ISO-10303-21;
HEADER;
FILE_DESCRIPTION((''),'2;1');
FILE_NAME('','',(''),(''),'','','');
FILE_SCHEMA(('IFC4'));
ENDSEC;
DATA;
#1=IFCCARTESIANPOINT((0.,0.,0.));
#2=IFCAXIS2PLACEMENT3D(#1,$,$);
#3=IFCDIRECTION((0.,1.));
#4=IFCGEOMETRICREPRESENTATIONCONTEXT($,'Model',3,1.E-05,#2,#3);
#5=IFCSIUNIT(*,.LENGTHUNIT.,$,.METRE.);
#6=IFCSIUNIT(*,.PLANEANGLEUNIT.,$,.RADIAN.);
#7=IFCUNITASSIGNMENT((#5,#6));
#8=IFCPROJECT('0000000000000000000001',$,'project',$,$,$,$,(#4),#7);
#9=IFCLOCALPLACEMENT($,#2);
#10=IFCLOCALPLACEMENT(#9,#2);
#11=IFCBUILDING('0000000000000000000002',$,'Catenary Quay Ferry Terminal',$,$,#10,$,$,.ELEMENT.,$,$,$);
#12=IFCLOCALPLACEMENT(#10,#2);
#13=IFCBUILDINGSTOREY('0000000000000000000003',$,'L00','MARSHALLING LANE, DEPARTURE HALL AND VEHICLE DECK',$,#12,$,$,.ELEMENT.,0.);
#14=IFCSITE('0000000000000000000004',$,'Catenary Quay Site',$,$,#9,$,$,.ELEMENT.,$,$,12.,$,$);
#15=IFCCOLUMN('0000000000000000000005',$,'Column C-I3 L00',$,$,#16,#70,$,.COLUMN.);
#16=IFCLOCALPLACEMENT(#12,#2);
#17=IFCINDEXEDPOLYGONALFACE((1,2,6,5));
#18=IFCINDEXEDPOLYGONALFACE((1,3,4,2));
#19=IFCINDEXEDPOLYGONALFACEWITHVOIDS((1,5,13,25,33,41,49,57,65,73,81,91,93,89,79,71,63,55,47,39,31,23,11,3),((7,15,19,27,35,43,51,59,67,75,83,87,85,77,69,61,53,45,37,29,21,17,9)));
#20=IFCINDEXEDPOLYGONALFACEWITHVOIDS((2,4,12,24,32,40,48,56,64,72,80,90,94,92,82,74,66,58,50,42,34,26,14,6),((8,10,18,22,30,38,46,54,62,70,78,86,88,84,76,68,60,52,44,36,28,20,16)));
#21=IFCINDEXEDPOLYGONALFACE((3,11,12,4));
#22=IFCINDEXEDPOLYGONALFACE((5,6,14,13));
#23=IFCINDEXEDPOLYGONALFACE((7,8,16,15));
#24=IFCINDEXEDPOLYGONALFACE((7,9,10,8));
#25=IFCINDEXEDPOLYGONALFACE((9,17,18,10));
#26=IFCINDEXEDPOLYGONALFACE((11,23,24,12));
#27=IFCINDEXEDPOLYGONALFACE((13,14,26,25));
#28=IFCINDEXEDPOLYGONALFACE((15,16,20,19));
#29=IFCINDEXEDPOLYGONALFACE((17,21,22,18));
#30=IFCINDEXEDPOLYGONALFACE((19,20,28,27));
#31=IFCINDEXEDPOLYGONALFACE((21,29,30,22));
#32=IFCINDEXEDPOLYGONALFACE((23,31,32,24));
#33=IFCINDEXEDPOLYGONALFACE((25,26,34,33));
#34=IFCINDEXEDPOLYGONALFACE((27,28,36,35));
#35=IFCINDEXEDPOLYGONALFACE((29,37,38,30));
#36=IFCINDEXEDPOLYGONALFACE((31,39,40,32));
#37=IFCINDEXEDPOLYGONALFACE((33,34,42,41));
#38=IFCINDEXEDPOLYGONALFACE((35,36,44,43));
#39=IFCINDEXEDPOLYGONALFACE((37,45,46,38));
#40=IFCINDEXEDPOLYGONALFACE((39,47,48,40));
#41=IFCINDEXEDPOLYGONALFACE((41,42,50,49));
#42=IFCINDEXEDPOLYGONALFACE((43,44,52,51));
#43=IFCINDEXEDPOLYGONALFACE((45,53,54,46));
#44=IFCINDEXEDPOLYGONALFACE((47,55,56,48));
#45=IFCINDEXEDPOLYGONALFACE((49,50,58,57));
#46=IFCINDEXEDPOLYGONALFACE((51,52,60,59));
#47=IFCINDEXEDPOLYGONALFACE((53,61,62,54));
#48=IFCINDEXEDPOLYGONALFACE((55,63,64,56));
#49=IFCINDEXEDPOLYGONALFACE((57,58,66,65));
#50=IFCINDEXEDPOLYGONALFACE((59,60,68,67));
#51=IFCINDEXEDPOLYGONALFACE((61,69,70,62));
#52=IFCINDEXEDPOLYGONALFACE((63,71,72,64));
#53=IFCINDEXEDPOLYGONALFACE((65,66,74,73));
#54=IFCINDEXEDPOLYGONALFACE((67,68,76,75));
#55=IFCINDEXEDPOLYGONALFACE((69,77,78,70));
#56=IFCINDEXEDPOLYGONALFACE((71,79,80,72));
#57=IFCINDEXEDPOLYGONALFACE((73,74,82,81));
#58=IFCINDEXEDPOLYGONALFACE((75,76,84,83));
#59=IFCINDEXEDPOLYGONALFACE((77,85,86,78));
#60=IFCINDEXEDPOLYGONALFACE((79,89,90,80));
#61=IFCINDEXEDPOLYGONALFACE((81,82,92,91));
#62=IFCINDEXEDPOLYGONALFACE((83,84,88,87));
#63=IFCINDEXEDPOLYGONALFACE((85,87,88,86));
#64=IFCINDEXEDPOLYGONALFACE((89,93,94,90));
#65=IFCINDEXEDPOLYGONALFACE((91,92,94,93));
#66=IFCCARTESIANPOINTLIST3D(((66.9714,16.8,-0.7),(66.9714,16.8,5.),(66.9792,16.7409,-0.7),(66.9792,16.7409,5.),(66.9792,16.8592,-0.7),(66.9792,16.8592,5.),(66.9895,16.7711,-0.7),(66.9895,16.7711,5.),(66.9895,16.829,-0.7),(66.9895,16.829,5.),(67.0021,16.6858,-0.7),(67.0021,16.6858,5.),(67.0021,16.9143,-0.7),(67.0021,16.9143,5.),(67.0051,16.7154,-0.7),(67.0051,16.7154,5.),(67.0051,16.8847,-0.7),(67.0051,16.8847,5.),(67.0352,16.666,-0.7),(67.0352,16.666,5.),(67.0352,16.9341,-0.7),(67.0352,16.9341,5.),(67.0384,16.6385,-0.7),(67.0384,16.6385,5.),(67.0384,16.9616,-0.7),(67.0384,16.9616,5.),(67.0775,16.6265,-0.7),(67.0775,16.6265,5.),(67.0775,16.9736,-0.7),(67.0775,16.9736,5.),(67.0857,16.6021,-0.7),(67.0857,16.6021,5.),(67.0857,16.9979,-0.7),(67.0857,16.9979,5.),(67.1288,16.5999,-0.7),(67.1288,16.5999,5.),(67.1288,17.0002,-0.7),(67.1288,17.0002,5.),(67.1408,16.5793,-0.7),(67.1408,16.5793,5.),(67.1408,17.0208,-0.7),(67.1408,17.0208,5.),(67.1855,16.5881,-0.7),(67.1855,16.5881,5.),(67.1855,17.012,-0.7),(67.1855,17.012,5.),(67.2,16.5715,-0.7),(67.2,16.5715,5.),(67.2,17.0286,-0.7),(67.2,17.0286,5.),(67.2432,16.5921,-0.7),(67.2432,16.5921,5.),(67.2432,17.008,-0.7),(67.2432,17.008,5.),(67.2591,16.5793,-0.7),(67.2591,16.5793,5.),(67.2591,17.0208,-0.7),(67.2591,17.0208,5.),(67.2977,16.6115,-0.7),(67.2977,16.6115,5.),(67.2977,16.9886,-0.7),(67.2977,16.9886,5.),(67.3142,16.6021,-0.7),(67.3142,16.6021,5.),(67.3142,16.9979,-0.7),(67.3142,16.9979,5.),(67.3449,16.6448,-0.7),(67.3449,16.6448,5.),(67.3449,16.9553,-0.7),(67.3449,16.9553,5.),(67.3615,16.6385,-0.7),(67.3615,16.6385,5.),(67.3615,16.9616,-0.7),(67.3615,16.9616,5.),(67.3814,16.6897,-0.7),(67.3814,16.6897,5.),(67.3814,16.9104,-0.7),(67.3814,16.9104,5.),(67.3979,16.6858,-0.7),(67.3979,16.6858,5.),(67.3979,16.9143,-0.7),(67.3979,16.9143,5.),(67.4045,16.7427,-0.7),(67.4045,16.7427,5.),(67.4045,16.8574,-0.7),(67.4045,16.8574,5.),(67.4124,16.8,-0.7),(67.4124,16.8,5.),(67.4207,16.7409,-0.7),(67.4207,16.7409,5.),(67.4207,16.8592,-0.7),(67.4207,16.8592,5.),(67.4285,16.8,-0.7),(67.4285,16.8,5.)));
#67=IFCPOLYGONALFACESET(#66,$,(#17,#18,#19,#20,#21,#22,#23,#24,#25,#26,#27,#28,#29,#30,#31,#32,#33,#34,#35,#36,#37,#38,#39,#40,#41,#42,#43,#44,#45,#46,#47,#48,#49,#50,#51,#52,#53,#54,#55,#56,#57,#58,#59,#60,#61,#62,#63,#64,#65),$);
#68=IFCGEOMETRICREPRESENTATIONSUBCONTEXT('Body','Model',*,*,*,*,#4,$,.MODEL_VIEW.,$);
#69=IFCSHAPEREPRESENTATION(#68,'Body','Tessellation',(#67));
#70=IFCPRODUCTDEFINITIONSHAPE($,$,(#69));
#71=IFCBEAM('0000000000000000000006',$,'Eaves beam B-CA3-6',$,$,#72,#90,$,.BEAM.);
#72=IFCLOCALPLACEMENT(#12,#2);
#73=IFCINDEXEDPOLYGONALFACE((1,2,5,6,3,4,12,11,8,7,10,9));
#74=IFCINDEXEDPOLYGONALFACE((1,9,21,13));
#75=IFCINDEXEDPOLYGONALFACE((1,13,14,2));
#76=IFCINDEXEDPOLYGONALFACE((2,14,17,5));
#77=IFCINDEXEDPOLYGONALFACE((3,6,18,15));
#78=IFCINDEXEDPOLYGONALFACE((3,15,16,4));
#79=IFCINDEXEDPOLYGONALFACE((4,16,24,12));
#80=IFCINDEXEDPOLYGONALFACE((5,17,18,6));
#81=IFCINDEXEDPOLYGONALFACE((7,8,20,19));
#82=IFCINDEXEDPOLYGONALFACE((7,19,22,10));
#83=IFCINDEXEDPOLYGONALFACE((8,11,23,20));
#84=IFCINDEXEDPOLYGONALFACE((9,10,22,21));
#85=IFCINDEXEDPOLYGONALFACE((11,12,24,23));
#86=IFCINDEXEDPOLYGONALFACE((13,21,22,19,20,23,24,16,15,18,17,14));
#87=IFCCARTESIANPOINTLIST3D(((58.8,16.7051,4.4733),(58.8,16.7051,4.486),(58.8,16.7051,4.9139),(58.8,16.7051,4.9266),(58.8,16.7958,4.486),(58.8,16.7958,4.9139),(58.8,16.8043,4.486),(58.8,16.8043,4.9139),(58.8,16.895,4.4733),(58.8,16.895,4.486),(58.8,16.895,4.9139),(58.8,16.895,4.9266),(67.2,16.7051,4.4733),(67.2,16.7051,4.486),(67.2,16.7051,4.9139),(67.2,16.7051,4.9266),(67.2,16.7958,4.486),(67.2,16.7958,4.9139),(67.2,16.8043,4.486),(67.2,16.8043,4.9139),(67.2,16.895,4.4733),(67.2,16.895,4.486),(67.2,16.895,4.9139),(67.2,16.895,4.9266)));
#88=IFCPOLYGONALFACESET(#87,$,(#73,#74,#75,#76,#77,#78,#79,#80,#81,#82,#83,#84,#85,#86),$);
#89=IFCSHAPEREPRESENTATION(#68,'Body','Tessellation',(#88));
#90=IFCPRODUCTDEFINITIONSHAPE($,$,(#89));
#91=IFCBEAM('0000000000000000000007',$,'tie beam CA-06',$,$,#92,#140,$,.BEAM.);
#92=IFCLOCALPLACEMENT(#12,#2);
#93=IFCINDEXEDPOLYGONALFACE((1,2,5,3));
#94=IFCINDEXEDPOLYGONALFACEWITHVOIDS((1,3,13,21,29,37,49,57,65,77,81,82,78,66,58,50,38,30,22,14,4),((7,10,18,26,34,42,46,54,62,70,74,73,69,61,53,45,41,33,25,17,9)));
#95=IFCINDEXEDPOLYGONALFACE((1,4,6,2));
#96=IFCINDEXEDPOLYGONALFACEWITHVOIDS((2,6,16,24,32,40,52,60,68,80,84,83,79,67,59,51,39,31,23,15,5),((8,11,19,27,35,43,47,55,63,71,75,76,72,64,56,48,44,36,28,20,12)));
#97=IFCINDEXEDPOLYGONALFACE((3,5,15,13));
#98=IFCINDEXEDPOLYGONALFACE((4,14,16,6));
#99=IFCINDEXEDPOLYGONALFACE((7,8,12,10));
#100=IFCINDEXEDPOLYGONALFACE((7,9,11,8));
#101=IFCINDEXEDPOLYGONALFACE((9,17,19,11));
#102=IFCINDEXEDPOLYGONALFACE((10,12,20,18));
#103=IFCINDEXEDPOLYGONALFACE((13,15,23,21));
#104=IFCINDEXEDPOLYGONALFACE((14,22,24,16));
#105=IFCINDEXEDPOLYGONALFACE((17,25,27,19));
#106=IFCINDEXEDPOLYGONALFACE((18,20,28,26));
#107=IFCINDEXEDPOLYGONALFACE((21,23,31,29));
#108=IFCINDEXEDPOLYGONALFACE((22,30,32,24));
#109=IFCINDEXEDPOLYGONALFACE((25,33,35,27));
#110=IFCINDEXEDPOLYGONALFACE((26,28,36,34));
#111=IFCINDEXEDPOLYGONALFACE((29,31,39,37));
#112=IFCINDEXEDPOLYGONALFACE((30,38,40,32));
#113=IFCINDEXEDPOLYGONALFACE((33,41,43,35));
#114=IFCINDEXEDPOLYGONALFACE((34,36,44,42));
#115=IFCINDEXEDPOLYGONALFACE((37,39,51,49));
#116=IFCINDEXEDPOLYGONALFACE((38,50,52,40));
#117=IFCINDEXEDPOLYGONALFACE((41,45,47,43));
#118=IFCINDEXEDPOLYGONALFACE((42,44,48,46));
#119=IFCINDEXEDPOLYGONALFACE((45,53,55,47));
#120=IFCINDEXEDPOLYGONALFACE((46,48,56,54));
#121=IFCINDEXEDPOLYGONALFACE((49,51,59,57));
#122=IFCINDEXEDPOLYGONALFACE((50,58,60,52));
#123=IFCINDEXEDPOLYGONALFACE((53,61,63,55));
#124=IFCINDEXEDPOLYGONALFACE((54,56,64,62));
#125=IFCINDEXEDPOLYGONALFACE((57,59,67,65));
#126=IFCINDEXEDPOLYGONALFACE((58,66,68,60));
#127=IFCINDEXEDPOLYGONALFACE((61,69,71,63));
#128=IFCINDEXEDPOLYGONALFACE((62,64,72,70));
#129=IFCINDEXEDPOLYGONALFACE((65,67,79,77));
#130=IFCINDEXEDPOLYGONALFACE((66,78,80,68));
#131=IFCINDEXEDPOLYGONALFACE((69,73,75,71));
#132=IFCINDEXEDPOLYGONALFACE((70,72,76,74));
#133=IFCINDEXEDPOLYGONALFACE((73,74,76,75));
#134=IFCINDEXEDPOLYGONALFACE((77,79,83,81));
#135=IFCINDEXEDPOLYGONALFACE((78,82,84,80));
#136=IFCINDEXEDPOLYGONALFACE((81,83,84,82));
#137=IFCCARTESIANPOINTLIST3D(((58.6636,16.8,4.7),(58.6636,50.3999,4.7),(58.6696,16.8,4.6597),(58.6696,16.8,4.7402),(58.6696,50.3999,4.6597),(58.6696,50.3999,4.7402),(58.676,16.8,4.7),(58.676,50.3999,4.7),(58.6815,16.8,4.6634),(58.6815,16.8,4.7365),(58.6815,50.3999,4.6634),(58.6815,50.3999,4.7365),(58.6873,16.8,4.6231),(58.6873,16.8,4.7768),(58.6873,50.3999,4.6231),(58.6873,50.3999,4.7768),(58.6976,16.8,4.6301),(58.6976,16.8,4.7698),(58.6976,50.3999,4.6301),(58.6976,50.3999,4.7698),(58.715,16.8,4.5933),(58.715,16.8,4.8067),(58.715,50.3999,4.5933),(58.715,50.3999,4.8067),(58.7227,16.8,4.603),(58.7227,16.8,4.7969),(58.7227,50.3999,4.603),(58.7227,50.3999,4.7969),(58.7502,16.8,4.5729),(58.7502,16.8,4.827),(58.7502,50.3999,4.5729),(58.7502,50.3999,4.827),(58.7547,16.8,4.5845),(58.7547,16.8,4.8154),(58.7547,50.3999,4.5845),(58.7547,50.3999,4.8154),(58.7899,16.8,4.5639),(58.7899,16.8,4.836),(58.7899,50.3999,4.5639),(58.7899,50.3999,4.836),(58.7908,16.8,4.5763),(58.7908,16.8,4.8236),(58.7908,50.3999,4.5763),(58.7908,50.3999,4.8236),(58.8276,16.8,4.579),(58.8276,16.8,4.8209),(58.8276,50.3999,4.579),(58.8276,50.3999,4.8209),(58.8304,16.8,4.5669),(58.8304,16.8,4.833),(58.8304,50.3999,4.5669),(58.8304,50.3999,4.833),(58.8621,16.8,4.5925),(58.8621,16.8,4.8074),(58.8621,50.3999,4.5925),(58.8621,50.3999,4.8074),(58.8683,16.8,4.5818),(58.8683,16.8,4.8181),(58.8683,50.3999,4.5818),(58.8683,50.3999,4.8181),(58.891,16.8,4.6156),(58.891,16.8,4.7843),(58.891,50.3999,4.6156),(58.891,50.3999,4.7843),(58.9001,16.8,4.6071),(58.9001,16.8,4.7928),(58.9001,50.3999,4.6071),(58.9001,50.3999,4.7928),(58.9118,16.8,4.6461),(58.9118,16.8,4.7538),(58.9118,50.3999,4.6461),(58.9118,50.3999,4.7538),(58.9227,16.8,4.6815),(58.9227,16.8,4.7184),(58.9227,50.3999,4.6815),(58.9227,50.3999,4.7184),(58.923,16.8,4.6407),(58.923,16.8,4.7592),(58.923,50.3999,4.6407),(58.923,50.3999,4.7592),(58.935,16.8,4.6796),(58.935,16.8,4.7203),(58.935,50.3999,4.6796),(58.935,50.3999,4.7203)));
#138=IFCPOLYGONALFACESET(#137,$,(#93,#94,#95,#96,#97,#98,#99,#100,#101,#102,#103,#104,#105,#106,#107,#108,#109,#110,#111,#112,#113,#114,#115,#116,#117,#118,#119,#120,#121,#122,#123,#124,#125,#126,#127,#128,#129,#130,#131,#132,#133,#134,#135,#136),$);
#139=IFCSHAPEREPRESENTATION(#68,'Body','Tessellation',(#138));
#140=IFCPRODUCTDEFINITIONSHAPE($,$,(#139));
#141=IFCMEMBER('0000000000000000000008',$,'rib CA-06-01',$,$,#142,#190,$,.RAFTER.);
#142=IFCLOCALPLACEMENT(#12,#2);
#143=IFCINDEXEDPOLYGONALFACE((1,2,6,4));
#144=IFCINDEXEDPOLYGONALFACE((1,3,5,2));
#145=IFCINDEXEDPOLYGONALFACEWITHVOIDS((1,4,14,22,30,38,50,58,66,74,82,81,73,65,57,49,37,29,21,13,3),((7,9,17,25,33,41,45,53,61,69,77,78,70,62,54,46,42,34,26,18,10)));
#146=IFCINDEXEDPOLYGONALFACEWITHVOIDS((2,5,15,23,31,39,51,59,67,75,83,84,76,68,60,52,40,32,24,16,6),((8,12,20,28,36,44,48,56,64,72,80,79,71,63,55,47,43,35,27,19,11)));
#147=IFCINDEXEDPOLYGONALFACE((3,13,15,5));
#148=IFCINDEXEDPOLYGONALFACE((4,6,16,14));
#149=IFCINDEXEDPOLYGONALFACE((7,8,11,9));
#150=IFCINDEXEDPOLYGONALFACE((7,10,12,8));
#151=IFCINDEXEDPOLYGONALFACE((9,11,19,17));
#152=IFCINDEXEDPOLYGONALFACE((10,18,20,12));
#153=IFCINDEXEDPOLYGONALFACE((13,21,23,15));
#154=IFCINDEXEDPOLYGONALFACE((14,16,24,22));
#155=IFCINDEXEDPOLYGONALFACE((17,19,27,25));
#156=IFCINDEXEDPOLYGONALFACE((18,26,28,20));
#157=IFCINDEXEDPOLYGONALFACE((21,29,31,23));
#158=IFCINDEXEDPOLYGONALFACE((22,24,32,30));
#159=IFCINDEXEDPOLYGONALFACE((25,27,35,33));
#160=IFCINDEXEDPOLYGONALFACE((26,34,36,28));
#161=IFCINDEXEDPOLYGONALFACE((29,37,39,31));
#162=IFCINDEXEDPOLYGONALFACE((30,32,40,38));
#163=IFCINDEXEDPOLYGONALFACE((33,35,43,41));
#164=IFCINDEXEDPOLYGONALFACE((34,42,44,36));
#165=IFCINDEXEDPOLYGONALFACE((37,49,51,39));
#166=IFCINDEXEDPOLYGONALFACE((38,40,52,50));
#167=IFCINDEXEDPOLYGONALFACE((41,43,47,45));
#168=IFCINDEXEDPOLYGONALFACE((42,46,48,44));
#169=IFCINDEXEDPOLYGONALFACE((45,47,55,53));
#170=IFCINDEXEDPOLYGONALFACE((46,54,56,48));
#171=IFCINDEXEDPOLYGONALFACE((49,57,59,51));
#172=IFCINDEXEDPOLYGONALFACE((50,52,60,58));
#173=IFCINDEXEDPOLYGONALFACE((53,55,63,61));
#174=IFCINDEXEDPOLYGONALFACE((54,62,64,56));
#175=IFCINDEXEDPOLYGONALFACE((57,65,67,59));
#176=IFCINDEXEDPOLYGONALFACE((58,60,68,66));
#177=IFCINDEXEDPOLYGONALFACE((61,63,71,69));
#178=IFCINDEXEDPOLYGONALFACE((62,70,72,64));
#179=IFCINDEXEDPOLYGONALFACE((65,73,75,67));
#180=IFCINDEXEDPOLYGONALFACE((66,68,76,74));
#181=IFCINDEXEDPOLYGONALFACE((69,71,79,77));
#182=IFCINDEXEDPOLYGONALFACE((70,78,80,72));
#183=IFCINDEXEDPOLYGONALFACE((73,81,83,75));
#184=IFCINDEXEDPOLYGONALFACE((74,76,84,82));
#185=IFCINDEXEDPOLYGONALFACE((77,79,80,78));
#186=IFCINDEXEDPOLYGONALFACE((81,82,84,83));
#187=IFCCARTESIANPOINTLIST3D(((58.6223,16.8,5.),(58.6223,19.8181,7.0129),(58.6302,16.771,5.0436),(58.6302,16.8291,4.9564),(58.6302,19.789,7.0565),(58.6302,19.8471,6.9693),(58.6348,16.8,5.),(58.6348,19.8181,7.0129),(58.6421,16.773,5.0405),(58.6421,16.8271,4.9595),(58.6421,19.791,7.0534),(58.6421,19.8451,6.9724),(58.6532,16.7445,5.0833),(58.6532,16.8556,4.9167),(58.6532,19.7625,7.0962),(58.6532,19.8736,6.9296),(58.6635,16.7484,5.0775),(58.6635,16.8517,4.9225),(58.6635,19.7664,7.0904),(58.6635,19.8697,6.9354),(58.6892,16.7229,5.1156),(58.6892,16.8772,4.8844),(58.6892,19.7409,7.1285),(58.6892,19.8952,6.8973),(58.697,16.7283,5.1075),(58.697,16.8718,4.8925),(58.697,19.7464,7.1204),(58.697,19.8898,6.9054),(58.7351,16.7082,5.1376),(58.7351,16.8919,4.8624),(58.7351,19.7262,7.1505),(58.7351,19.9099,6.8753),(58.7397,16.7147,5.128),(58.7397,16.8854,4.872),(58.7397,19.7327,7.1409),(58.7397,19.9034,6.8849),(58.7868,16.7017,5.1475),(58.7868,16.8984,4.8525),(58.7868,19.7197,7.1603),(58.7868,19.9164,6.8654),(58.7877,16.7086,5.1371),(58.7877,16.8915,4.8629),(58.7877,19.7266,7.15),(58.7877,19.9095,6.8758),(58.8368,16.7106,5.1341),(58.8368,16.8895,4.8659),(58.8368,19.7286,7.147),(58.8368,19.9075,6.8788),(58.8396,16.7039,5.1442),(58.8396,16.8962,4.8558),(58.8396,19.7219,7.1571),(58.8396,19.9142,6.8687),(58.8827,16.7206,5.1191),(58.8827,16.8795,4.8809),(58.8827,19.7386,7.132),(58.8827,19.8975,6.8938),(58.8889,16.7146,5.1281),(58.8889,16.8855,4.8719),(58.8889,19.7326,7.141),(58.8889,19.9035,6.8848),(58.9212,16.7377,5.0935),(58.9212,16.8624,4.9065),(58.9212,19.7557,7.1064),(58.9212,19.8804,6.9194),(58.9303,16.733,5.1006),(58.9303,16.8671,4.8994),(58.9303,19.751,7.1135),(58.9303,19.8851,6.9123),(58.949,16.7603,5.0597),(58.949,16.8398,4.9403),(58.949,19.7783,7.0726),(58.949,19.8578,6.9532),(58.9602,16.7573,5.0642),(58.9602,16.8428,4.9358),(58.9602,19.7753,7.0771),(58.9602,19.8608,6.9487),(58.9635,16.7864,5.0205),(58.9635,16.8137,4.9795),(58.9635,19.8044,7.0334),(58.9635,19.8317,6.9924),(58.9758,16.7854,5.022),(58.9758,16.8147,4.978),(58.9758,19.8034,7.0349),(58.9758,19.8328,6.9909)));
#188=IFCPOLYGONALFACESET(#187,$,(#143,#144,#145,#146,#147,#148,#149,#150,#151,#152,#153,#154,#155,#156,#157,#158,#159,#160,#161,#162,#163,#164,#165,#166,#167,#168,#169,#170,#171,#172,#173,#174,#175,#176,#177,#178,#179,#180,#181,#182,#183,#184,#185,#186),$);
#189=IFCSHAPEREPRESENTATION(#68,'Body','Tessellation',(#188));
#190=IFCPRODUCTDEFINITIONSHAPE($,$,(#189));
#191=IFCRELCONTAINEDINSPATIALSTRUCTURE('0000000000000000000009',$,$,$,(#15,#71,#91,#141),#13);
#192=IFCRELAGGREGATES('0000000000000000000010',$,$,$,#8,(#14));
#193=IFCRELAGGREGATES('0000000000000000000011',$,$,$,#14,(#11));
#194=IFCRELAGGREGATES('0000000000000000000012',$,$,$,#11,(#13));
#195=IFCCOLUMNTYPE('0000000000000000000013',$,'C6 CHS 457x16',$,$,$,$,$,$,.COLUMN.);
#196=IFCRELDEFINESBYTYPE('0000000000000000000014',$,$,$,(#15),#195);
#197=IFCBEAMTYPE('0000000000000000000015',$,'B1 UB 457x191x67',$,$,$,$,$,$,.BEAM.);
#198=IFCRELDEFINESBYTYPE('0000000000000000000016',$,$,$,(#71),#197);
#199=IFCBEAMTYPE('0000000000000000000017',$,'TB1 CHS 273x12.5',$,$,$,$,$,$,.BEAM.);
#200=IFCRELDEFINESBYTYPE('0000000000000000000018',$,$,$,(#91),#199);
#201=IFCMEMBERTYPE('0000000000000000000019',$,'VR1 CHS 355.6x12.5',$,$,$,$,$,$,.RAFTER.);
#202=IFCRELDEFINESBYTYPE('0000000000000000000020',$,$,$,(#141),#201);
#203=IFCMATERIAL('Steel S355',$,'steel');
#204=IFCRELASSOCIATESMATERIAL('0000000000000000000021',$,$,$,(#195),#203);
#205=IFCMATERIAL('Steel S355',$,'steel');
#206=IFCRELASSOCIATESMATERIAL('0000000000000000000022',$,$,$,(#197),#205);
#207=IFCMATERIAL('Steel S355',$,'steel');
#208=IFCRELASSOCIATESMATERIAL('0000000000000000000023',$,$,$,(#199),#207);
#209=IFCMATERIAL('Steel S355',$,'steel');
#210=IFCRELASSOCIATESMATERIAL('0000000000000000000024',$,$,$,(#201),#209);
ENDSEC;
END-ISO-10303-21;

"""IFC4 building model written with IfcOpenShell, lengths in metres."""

from ifc_helpers import new_model, si_unit, direction, frame, origin, origin_2d, place, context, subcontext, project, spatial, hollow_circle, i_section, extrude, material, material_profile, profile_set, type_object, element, save


model = new_model("IFC4")

# Units and contexts
model_context = context("Model", 3, precision=1e-05, world=origin(), true_north=direction((0.0, 1.0)))
body_context = subcontext(model_context, "Body", "Model", "MODEL_VIEW")
ifc_project = project(units=[si_unit("LENGTHUNIT", "METRE"), si_unit("PLANEANGLEUNIT", "RADIAN")], contexts=[model_context])

# Site, building, storey
site_placement = place(None, origin())
site = spatial("IfcSite", under=ifc_project, at=site_placement, Name="Catenary Quay Site", CompositionType="ELEMENT", RefElevation=12.0)
building_placement = place(site_placement, origin())
building = spatial("IfcBuilding", under=site, at=building_placement, Name="Catenary Quay Ferry Terminal", CompositionType="ELEMENT")
storey_placement = place(building_placement, origin())
storey = spatial("IfcBuildingStorey", under=building, at=storey_placement, Name="L00", Description="MARSHALLING LANE, DEPARTURE HALL AND VEHICLE DECK", CompositionType="ELEMENT", Elevation=0.0)

# Column
ifc_material_1 = material(Name="Steel S355", Category="steel")
ifc_material_profile_1 = material_profile(ifc_material_1, hollow_circle(Radius=0.2285, WallThickness=0.0161, at=origin_2d()), Name="CHS 457x16")
ifc_profile_set_1 = profile_set([ifc_material_profile_1], Name="Steel S355")
column_type = type_object("IfcColumnType", Name="C6 CHS 457x16", PredefinedType="COLUMN", material=ifc_profile_set_1)
for number, where, z_axis, x_axis, name in (
    (1, (67.2, 16.8, -0.7), (0.0, 0.0, 1.0), (1.0, 0.0, 0.0), "Column C-I3 L00"),
):
    element("IfcColumn", number, at=place(storey_placement, frame(where, z_axis=z_axis, x_axis=x_axis)), inside=storey, type_object=column_type, Name=name, PredefinedType="COLUMN", context=body_context, shape_type="SweptSolid", body=[
        extrude(hollow_circle(Radius=0.2285, WallThickness=0.0161, at=origin_2d()), origin(), (0.0, 0.0, 1.0), 5.7),
    ])

# Beams
ifc_material_2 = material(Name="Steel S355", Category="steel")
ifc_material_profile_2 = material_profile(ifc_material_2, i_section(OverallWidth=0.1899, OverallDepth=0.4534, WebThickness=0.0085, FlangeThickness=0.0127, at=origin_2d()), Name="UB 457x191x67")
ifc_profile_set_2 = profile_set([ifc_material_profile_2], Name="Steel S355")
beam_type_1 = type_object("IfcBeamType", Name="B1 UB 457x191x67", PredefinedType="BEAM", material=ifc_profile_set_2)
beam_1_placement = place(storey_placement, frame((58.8, 16.8, 4.7), z_axis=(1.0, 0.0, 0.0), x_axis=(0.0, 1.0, 0.0)))
element("IfcBeam", 2, at=beam_1_placement, inside=storey, type_object=beam_type_1, Name="Eaves beam B-CA3-6", PredefinedType="BEAM", context=body_context, shape_type="SweptSolid", body=[
    extrude(i_section(OverallWidth=0.1899, OverallDepth=0.4534, WebThickness=0.0085, FlangeThickness=0.0127, at=origin_2d()), origin(), (0.0, 0.0, 1.0), 8.3999),
])
ifc_material_3 = material(Name="Steel S355", Category="steel")
ifc_material_profile_3 = material_profile(ifc_material_3, hollow_circle(Radius=0.1365, WallThickness=0.0125, at=origin_2d()), Name="CHS 273x12.5")
ifc_profile_set_3 = profile_set([ifc_material_profile_3], Name="Steel S355")
beam_type_2 = type_object("IfcBeamType", Name="TB1 CHS 273x12.5", PredefinedType="BEAM", material=ifc_profile_set_3)
beam_2_placement = place(storey_placement, frame((58.8, 16.8, 4.7), z_axis=(0.0, 1.0, 0.0), x_axis=(-1.0, 0.0, 0.0)))
element("IfcBeam", 3, at=beam_2_placement, inside=storey, type_object=beam_type_2, Name="tie beam CA-06", PredefinedType="BEAM", context=body_context, shape_type="SweptSolid", body=[
    extrude(hollow_circle(Radius=0.1365, WallThickness=0.0125, at=origin_2d()), origin(), (0.0, 0.0, 1.0), 33.5999),
])

# Member
ifc_material_4 = material(Name="Steel S355", Category="steel")
ifc_material_profile_4 = material_profile(ifc_material_4, hollow_circle(Radius=0.1777, WallThickness=0.0125, at=origin_2d()), Name="CHS 355.6x12.5")
ifc_profile_set_4 = profile_set([ifc_material_profile_4], Name="Steel S355")
member_type = type_object("IfcMemberType", Name="VR1 CHS 355.6x12.5", PredefinedType="RAFTER", material=ifc_profile_set_4)
for number, where, z_axis, x_axis, name in (
    (4, (58.8, 16.8, 5.0), (0.0, 0.831936, 0.554871), (-1.0, 0.0, 0.0), "rib CA-06-01"),
):
    element("IfcMember", number, at=place(storey_placement, frame(where, z_axis=z_axis, x_axis=x_axis)), inside=storey, type_object=member_type, Name=name, PredefinedType="RAFTER", context=body_context, shape_type="SweptSolid", body=[
        extrude(hollow_circle(Radius=0.1777, WallThickness=0.0125, at=origin_2d()), origin(), (0.0, 0.0, 1.0), 3.6277),
    ])

save(model, "model.ifc")
